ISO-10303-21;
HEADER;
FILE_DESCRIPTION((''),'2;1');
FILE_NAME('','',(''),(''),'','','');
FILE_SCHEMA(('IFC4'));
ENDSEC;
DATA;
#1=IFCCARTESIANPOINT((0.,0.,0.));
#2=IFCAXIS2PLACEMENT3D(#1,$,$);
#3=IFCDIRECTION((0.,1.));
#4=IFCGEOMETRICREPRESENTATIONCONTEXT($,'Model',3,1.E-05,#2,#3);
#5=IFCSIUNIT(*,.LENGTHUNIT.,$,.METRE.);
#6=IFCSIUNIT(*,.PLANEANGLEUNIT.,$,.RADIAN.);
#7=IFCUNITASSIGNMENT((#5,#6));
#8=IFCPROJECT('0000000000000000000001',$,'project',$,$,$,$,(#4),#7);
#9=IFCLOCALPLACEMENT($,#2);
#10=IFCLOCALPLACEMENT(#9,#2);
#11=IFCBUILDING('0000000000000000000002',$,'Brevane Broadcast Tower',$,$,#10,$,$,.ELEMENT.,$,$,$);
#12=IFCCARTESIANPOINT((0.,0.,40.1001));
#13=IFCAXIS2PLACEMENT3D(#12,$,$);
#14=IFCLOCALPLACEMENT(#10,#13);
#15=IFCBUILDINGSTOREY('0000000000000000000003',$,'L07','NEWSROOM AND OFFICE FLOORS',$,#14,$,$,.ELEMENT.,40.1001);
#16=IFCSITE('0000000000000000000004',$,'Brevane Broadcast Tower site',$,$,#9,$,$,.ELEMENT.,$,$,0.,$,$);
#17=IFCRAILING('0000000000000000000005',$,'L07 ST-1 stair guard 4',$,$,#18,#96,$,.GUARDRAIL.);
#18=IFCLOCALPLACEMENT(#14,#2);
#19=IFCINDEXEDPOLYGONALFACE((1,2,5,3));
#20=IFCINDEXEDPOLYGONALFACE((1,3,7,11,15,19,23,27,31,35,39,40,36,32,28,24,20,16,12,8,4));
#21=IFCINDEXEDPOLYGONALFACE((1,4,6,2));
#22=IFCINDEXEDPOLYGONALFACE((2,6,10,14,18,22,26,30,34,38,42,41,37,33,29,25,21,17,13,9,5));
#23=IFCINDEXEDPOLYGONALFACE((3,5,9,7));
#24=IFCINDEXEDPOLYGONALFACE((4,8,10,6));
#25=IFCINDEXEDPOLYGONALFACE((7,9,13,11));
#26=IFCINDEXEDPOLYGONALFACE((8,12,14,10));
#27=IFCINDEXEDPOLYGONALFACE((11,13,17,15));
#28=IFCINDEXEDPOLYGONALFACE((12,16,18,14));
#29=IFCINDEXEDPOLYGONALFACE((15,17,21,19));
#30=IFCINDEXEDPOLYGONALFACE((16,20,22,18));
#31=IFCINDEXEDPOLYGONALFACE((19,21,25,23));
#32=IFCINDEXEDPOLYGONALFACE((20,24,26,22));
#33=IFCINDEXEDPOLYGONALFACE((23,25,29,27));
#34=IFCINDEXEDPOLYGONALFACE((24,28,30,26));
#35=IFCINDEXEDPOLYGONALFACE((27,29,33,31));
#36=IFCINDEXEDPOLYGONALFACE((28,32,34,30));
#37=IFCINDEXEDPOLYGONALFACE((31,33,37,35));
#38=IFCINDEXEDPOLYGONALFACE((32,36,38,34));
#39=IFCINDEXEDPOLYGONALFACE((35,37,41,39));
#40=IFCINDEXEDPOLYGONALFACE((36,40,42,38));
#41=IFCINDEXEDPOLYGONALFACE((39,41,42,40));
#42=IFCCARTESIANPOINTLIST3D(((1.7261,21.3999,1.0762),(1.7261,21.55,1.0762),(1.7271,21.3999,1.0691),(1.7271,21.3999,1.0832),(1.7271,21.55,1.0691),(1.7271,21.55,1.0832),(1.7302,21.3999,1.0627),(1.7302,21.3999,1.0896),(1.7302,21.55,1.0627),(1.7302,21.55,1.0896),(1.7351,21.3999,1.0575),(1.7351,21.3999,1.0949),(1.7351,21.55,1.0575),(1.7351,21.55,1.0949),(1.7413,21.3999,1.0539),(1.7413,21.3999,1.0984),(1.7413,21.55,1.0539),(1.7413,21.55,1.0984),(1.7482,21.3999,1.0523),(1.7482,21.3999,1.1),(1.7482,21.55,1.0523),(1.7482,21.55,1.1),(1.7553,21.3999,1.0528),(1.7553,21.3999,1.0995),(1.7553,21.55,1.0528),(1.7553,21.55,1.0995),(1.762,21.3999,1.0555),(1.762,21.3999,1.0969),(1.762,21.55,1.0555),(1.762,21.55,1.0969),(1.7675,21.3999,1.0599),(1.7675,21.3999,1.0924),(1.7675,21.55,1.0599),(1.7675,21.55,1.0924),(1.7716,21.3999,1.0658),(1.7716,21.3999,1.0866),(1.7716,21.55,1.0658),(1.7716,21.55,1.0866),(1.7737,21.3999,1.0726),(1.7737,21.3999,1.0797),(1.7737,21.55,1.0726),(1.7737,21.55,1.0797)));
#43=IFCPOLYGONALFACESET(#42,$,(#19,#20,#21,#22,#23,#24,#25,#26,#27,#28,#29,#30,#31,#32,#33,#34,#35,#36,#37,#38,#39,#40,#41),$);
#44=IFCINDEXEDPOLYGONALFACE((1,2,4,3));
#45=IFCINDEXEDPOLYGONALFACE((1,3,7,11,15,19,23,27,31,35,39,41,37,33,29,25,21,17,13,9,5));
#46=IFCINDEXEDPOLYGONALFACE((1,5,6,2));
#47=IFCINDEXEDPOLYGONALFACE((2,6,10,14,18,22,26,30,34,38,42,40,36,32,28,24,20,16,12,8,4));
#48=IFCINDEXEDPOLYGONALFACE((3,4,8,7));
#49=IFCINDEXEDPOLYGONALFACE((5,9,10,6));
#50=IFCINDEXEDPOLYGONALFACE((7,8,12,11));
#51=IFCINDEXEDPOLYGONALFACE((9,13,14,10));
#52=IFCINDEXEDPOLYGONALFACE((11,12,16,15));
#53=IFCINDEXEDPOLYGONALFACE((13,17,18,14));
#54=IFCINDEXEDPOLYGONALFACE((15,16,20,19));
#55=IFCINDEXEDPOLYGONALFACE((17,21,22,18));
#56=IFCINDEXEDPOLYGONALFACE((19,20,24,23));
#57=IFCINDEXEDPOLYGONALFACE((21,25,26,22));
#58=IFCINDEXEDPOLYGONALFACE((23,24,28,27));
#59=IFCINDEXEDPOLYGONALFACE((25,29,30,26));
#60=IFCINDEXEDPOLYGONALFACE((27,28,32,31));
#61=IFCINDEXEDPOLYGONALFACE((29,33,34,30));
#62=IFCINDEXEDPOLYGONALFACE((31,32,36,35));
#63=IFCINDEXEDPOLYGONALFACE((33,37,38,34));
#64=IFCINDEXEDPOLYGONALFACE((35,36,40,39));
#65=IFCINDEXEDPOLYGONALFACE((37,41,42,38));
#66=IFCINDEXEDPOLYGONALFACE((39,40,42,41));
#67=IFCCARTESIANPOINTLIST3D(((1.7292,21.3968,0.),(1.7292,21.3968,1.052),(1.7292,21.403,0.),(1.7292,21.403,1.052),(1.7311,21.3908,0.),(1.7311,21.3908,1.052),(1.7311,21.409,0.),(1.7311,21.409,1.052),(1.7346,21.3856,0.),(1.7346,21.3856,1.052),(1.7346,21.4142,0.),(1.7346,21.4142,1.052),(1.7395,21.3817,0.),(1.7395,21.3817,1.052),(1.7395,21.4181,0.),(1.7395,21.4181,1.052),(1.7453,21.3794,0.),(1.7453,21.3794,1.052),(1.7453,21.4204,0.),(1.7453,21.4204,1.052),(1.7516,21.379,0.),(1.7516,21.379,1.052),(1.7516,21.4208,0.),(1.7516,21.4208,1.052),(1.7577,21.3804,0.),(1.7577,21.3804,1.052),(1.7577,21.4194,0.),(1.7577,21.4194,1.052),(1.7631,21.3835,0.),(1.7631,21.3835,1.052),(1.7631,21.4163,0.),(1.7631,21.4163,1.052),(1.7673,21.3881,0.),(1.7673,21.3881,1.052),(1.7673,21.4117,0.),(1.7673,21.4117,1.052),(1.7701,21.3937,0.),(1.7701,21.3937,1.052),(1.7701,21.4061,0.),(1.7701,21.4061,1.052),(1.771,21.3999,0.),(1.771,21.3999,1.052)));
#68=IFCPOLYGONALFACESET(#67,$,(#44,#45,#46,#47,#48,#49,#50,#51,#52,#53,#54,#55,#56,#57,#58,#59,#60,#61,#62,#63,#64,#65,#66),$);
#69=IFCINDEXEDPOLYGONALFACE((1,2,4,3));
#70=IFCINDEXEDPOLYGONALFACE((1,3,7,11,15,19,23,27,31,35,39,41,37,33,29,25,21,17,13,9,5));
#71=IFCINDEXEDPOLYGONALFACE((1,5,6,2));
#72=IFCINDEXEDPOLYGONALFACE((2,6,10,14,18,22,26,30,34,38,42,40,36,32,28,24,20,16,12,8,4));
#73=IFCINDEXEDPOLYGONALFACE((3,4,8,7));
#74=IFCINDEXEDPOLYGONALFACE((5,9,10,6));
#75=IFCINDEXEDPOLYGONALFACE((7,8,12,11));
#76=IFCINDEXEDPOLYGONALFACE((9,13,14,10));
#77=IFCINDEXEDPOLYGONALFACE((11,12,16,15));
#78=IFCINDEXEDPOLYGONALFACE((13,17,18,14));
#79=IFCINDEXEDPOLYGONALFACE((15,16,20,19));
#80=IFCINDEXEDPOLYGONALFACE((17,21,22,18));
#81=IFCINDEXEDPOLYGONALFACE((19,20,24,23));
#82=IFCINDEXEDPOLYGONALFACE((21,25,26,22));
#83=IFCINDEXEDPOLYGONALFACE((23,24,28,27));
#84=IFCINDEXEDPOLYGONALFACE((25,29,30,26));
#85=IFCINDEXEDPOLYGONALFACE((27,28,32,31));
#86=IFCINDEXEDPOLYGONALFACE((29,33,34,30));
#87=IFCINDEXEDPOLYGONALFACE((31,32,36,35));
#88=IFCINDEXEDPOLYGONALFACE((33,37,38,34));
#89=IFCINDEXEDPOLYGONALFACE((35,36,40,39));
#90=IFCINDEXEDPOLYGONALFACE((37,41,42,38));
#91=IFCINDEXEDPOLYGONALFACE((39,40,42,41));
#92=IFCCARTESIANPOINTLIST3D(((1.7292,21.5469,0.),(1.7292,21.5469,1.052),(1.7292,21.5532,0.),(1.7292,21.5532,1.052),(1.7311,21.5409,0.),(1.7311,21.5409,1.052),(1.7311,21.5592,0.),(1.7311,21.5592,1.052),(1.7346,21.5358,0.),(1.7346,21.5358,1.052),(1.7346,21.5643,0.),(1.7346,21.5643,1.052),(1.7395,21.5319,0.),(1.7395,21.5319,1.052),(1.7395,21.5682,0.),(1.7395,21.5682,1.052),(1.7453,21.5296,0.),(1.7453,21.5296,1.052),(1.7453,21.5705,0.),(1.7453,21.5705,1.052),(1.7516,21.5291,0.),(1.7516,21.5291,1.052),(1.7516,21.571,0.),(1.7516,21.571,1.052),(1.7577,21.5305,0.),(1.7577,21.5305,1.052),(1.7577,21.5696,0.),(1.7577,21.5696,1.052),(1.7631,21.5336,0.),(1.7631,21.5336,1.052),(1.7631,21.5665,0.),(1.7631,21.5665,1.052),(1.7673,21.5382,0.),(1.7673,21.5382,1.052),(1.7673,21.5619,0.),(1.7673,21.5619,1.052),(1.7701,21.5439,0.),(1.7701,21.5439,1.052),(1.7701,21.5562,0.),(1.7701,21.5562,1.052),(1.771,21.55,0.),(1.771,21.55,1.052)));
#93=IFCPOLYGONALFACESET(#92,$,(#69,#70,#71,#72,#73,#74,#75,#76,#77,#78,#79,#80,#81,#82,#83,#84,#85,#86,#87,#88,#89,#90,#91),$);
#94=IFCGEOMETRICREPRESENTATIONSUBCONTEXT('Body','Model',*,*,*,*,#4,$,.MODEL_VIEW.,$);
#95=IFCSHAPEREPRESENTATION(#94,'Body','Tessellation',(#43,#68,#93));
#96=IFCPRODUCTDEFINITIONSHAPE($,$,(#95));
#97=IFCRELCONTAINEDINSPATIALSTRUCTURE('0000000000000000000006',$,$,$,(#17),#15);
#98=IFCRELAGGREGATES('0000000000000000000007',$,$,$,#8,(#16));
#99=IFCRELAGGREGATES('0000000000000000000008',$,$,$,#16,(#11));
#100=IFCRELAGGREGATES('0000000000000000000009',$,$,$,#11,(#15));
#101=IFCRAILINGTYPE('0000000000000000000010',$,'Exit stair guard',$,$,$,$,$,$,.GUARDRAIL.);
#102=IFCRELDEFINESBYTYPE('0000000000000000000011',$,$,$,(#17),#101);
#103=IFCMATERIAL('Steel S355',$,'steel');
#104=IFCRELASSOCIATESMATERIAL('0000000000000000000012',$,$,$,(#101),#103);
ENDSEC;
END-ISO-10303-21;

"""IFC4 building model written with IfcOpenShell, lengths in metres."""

from ifc_helpers import new_model, si_unit, direction, frame, origin, origin_2d, place, context, subcontext, project, spatial, circle, extrude, material, type_object, element, save


model = new_model("IFC4")

# Units and contexts
model_context = context("Model", 3, precision=1e-05, world=origin(), true_north=direction((0.0, 1.0)))
body_context = subcontext(model_context, "Body", "Model", "MODEL_VIEW")
ifc_project = project(units=[si_unit("LENGTHUNIT", "METRE"), si_unit("PLANEANGLEUNIT", "RADIAN")], contexts=[model_context])

# Site, building, storey
site_placement = place(None, origin())
site = spatial("IfcSite", under=ifc_project, at=site_placement, Name="Brevane Broadcast Tower site", CompositionType="ELEMENT", RefElevation=0.0)
building_placement = place(site_placement, origin())
building = spatial("IfcBuilding", under=site, at=building_placement, Name="Brevane Broadcast Tower", CompositionType="ELEMENT")
storey_placement = place(building_placement, frame((0.0, 0.0, 40.1001)))
storey = spatial("IfcBuildingStorey", under=building, at=storey_placement, Name="L07", Description="NEWSROOM AND OFFICE FLOORS", CompositionType="ELEMENT", Elevation=40.1001)

# Railing
ifc_material_1 = material(Name="Steel S355", Category="steel")
railing_type_1 = type_object("IfcRailingType", Name="Exit stair guard", PredefinedType="GUARDRAIL", material=ifc_material_1)
railing_1_placement = place(storey_placement, frame((1.75, 21.3999, 0.0)))
element("IfcRailing", 1, at=railing_1_placement, inside=storey, type_object=railing_type_1, Name="L07 ST-1 stair guard 4", PredefinedType="GUARDRAIL", context=body_context, shape_type="SweptSolid", body=[
    extrude(circle(Radius=0.0239, at=origin_2d()), frame((0.0, 0.0, 1.0762), z_axis=(0.0, 1.0, 0.0), x_axis=(-1.0, 0.0, 0.0)), (0.0, 0.0, 1.0), 0.1501),
    extrude(circle(Radius=0.021, at=origin_2d()), origin(), (0.0, 0.0, 1.0), 1.052),
    extrude(circle(Radius=0.021, at=origin_2d()), frame((0.0, 0.1501, 0.0)), (0.0, 0.0, 1.0), 1.052),
])

save(model, "model.ifc")
